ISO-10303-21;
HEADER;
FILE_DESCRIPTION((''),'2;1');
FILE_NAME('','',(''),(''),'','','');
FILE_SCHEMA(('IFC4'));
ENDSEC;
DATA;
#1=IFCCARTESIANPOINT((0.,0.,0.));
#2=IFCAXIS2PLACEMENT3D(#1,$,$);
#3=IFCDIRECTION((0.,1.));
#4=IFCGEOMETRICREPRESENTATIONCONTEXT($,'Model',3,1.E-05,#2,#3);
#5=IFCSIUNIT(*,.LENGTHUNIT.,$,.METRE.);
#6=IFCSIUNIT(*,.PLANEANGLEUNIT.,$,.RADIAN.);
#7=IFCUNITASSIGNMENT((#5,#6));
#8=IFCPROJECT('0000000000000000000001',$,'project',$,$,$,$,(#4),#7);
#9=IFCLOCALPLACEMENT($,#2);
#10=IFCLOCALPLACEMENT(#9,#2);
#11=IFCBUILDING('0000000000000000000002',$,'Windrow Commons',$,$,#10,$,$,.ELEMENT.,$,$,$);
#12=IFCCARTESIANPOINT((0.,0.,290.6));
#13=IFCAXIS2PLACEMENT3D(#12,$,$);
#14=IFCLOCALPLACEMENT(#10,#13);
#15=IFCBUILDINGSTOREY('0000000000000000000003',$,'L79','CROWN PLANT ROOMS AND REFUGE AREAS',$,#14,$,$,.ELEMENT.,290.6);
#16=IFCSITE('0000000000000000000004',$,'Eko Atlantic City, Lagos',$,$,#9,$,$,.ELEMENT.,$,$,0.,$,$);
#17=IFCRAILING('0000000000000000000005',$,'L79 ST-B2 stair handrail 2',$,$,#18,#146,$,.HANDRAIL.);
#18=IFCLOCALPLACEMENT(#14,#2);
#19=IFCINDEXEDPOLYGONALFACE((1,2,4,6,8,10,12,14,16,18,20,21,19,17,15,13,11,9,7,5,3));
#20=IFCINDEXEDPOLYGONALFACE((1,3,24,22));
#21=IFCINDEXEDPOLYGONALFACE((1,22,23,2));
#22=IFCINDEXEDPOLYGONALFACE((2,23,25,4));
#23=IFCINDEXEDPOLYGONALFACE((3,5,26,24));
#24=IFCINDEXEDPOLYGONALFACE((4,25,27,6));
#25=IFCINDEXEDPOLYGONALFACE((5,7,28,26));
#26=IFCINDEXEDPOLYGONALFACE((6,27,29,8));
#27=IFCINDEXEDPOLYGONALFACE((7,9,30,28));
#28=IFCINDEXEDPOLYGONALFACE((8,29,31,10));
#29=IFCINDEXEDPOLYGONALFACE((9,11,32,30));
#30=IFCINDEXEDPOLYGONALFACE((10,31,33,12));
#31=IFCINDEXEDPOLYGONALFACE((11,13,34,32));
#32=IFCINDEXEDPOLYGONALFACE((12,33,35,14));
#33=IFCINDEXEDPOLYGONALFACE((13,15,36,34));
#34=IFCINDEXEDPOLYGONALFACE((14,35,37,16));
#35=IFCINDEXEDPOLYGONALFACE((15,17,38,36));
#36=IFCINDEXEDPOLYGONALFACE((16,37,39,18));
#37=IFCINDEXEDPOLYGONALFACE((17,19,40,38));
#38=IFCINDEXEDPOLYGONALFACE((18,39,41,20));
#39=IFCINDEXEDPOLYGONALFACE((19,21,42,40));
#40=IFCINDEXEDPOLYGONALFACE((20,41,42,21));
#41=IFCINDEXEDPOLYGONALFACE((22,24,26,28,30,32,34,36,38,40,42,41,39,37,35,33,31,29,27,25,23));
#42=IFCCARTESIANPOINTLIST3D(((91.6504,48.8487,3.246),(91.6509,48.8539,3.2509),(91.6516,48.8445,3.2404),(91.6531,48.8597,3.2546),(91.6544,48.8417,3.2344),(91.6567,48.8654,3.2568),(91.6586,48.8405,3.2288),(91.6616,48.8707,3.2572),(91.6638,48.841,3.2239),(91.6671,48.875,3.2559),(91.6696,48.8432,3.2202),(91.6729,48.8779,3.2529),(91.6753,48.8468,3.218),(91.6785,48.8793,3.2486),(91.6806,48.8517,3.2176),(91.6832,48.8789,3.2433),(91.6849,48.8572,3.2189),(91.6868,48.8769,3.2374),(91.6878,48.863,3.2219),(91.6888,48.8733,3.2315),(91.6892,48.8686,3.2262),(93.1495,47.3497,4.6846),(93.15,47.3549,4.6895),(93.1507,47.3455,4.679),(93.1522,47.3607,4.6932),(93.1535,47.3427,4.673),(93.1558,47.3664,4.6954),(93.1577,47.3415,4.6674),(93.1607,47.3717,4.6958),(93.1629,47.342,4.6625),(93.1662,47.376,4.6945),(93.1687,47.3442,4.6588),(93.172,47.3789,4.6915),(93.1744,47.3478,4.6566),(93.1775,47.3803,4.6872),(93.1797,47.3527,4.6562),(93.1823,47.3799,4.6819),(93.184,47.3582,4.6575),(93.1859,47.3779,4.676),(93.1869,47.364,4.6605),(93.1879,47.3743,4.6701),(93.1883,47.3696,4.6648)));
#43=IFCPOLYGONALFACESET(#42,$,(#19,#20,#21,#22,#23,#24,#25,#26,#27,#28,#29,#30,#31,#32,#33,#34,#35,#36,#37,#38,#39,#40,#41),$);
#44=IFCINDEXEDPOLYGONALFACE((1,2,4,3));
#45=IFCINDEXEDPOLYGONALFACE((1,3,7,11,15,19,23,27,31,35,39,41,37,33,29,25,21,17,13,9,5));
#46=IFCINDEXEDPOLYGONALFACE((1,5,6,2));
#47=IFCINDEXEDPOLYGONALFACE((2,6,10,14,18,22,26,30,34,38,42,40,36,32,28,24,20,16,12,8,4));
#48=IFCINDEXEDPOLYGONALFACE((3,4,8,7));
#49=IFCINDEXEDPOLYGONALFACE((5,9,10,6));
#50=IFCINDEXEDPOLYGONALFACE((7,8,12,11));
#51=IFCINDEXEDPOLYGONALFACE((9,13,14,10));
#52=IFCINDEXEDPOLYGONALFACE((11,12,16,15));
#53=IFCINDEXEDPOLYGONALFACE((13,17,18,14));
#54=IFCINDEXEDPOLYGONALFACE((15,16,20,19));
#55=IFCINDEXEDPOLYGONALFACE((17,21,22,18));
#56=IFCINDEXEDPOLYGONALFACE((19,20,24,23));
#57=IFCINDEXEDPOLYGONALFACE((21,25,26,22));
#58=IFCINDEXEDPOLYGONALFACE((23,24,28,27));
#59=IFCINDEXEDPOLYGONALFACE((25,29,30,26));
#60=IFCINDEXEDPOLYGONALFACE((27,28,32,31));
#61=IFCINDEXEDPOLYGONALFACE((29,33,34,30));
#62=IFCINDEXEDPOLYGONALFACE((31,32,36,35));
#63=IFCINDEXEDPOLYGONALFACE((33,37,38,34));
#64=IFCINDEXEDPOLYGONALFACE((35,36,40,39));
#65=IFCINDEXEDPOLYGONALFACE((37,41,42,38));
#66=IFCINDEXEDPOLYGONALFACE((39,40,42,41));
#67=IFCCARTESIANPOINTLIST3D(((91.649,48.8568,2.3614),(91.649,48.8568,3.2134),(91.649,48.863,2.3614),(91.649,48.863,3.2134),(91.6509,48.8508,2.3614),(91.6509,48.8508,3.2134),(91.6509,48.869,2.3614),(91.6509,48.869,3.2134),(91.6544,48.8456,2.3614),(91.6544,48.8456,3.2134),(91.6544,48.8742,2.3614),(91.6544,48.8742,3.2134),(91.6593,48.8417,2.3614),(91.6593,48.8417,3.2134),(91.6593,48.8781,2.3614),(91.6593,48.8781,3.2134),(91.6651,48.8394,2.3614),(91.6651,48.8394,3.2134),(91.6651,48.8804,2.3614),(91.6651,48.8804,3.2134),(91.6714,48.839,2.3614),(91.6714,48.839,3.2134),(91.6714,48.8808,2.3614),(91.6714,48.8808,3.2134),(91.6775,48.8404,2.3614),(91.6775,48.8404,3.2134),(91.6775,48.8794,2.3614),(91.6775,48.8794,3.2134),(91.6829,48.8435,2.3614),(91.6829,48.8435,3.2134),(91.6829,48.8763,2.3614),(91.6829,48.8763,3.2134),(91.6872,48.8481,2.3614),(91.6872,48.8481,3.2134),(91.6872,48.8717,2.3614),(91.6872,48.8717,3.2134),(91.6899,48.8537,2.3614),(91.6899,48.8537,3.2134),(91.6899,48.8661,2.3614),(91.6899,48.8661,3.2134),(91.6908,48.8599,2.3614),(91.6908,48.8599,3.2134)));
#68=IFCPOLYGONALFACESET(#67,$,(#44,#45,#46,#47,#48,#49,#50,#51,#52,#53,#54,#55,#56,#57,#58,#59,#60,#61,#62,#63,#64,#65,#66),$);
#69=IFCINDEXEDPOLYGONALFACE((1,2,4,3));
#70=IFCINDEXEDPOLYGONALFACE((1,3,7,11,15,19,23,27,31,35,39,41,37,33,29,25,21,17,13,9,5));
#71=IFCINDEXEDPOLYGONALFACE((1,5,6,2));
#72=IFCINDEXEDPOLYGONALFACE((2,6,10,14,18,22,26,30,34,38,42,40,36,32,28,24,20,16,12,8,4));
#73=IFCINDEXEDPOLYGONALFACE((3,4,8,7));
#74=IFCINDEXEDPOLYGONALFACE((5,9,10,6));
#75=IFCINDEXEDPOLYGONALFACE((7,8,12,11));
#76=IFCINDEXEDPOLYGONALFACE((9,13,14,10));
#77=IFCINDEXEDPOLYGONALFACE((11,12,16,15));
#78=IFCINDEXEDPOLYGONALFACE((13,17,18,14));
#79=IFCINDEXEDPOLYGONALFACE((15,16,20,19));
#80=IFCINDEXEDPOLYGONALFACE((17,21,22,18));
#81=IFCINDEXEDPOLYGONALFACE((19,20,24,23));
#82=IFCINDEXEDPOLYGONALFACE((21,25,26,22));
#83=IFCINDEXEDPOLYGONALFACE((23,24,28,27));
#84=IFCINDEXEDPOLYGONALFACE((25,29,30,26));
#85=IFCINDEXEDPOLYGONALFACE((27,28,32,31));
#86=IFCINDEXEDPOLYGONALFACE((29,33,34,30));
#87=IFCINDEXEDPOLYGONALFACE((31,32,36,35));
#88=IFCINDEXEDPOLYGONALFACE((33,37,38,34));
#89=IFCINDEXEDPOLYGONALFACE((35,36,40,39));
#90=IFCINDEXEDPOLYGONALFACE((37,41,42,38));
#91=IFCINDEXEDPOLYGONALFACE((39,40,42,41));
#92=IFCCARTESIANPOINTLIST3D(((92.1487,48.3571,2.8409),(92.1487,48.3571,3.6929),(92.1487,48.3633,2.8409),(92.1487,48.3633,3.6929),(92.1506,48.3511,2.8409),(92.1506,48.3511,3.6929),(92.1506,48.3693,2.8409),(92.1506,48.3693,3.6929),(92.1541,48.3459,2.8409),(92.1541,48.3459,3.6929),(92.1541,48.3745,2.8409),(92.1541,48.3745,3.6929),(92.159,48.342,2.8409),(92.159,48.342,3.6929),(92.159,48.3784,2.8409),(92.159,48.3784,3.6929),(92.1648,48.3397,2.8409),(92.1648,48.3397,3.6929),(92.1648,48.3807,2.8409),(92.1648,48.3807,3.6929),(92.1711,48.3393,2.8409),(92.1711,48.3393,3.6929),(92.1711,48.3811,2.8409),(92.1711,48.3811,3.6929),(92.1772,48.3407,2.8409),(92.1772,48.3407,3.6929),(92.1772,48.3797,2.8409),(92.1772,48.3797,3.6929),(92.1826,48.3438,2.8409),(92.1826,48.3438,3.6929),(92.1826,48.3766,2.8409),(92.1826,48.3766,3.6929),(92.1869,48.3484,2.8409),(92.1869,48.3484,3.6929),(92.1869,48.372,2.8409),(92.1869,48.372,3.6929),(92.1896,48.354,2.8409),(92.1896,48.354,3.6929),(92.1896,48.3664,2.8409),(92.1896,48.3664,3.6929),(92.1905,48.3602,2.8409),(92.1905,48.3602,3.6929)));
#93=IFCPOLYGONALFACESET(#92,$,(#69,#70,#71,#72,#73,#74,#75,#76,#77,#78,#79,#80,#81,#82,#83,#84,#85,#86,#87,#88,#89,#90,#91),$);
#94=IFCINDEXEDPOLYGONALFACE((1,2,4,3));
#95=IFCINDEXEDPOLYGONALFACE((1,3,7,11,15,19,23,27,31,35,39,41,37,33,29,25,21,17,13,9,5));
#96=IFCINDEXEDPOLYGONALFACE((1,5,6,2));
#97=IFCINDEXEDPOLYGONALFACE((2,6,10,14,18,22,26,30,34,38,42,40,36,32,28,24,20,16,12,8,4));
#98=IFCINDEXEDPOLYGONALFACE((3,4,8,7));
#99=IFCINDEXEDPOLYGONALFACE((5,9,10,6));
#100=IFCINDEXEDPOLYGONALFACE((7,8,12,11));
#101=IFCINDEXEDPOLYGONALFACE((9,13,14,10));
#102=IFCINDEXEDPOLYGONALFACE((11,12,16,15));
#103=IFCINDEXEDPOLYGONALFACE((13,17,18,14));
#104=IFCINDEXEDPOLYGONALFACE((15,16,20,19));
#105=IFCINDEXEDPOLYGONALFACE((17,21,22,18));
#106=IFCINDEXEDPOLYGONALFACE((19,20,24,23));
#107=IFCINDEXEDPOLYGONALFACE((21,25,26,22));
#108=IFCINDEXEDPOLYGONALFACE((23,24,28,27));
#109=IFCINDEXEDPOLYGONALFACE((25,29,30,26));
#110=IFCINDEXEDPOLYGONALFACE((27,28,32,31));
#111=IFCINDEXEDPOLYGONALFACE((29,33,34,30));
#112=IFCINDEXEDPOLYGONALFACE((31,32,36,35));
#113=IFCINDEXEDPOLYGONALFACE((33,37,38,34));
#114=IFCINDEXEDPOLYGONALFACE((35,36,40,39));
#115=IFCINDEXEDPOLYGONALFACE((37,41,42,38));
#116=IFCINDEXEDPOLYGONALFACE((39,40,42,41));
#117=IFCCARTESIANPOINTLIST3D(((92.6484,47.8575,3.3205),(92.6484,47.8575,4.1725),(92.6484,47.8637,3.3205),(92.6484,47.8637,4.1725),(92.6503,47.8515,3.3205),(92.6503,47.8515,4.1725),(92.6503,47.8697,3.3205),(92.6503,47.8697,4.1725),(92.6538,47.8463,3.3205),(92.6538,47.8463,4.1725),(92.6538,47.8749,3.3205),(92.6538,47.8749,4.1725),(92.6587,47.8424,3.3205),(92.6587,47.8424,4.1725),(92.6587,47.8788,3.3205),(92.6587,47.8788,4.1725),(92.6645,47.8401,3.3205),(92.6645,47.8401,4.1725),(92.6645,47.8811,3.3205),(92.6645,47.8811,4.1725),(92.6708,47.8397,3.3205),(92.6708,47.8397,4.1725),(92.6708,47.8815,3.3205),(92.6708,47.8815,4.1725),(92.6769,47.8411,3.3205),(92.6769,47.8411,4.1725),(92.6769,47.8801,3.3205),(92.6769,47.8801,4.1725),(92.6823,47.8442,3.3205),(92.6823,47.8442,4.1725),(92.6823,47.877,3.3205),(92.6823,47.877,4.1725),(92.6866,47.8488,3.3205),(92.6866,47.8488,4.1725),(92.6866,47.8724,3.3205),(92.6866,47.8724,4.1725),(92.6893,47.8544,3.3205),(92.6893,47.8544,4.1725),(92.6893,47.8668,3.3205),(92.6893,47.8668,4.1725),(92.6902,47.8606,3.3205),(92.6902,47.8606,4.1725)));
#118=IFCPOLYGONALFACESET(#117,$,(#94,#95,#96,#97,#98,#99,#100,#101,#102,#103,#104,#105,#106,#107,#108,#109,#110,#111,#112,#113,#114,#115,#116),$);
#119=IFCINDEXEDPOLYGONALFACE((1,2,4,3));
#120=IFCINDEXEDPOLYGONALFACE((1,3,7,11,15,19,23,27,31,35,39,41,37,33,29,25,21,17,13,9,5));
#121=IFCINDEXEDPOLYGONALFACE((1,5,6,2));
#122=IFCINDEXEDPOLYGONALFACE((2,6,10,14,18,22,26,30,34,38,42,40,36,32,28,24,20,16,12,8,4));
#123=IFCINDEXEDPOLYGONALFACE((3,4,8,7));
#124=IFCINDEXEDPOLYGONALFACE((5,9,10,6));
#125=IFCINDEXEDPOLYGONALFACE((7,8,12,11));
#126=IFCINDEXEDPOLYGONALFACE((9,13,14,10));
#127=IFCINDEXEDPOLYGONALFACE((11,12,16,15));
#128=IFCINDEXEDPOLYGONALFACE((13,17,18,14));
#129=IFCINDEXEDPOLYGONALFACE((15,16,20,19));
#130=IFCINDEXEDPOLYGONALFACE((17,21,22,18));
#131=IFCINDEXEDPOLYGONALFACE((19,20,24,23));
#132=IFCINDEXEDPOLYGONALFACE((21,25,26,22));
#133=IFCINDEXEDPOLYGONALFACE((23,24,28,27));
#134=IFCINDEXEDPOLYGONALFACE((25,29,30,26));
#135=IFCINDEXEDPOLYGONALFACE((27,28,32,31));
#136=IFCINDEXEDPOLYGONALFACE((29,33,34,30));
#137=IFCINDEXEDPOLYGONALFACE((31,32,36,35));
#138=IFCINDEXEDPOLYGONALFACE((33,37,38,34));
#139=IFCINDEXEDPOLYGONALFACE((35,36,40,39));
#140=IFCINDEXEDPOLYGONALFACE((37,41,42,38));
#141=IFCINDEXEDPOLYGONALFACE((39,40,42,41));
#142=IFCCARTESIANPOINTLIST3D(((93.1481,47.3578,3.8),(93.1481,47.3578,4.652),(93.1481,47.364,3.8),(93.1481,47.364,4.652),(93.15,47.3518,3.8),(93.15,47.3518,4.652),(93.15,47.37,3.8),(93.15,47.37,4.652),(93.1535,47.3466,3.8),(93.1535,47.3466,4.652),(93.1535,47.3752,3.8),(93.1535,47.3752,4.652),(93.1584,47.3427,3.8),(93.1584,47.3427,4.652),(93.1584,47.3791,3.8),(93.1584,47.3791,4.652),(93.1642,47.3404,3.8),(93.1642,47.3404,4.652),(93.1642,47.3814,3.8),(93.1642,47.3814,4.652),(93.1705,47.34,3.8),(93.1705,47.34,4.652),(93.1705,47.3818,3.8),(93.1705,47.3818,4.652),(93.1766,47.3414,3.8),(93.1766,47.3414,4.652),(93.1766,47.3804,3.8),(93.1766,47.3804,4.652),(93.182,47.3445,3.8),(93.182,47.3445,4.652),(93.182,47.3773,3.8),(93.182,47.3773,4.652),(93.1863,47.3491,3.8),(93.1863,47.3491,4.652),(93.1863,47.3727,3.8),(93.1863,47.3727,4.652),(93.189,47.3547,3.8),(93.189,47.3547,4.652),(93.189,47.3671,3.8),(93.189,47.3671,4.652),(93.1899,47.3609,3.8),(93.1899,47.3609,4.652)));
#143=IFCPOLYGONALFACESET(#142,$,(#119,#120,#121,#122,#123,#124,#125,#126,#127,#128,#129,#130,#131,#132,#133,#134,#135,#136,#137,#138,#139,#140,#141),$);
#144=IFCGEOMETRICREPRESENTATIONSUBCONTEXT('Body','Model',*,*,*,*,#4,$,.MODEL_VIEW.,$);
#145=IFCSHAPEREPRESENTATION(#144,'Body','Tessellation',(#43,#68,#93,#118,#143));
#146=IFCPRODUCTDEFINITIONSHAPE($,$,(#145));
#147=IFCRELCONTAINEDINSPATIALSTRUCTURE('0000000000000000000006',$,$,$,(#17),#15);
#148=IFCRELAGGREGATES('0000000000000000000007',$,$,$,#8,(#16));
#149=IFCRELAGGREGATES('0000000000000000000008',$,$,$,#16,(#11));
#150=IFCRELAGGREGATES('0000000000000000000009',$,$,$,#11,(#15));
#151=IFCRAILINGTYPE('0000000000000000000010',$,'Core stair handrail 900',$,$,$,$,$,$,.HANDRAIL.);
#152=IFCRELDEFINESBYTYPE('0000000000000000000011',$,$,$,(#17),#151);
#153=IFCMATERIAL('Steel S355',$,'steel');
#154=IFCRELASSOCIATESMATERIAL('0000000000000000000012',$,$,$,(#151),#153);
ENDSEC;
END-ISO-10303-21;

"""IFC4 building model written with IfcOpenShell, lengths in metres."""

from ifc_helpers import new_model, si_unit, direction, frame, origin, origin_2d, place, context, subcontext, project, spatial, circle, extrude, material, type_object, element, save


model = new_model("IFC4")

# Units and contexts
model_context = context("Model", 3, precision=1e-05, world=origin(), true_north=direction((0.0, 1.0)))
body_context = subcontext(model_context, "Body", "Model", "MODEL_VIEW")
ifc_project = project(units=[si_unit("LENGTHUNIT", "METRE"), si_unit("PLANEANGLEUNIT", "RADIAN")], contexts=[model_context])

# Site, building, storey
site_placement = place(None, origin())
site = spatial("IfcSite", under=ifc_project, at=site_placement, Name="Eko Atlantic City, Lagos", CompositionType="ELEMENT", RefElevation=0.0)
building_placement = place(site_placement, origin())
building = spatial("IfcBuilding", under=site, at=building_placement, Name="Windrow Commons", CompositionType="ELEMENT")
storey_placement = place(building_placement, frame((0.0, 0.0, 290.6)))
storey = spatial("IfcBuildingStorey", under=building, at=storey_placement, Name="L79", Description="CROWN PLANT ROOMS AND REFUGE AREAS", CompositionType="ELEMENT", Elevation=290.6)

# Railing
ifc_material_1 = material(Name="Steel S355", Category="steel")
railing_type_1 = type_object("IfcRailingType", Name="Core stair handrail 900", PredefinedType="HANDRAIL", material=ifc_material_1)
railing_1_placement = place(storey_placement, frame((91.6698, 48.8599, 2.3614)))
element("IfcRailing", 1, at=railing_1_placement, inside=storey, type_object=railing_type_1, Name="L79 ST-B2 stair handrail 2", PredefinedType="HANDRAIL", context=body_context, shape_type="SweptSolid", body=[
    extrude(circle(Radius=0.024, at=origin_2d()), frame((0.0, 0.0, 0.876), z_axis=(0.585128, -0.585089, 0.561513), x_axis=(0.707083, 0.70713, 0.0)), (0.0, 0.0, 1.0), 2.562),
    extrude(circle(Radius=0.021, at=origin_2d()), origin(), (0.0, 0.0, 1.0), 0.852),
    extrude(circle(Radius=0.021, at=origin_2d()), frame((0.4997, -0.4997, 0.4795)), (0.0, 0.0, 1.0), 0.852),
    extrude(circle(Radius=0.021, at=origin_2d()), frame((0.9994, -0.9993, 0.9591)), (0.0, 0.0, 1.0), 0.852),
    extrude(circle(Radius=0.021, at=origin_2d()), frame((1.4991, -1.499, 1.4386)), (0.0, 0.0, 1.0), 0.852),
])

save(model, "model.ifc")
